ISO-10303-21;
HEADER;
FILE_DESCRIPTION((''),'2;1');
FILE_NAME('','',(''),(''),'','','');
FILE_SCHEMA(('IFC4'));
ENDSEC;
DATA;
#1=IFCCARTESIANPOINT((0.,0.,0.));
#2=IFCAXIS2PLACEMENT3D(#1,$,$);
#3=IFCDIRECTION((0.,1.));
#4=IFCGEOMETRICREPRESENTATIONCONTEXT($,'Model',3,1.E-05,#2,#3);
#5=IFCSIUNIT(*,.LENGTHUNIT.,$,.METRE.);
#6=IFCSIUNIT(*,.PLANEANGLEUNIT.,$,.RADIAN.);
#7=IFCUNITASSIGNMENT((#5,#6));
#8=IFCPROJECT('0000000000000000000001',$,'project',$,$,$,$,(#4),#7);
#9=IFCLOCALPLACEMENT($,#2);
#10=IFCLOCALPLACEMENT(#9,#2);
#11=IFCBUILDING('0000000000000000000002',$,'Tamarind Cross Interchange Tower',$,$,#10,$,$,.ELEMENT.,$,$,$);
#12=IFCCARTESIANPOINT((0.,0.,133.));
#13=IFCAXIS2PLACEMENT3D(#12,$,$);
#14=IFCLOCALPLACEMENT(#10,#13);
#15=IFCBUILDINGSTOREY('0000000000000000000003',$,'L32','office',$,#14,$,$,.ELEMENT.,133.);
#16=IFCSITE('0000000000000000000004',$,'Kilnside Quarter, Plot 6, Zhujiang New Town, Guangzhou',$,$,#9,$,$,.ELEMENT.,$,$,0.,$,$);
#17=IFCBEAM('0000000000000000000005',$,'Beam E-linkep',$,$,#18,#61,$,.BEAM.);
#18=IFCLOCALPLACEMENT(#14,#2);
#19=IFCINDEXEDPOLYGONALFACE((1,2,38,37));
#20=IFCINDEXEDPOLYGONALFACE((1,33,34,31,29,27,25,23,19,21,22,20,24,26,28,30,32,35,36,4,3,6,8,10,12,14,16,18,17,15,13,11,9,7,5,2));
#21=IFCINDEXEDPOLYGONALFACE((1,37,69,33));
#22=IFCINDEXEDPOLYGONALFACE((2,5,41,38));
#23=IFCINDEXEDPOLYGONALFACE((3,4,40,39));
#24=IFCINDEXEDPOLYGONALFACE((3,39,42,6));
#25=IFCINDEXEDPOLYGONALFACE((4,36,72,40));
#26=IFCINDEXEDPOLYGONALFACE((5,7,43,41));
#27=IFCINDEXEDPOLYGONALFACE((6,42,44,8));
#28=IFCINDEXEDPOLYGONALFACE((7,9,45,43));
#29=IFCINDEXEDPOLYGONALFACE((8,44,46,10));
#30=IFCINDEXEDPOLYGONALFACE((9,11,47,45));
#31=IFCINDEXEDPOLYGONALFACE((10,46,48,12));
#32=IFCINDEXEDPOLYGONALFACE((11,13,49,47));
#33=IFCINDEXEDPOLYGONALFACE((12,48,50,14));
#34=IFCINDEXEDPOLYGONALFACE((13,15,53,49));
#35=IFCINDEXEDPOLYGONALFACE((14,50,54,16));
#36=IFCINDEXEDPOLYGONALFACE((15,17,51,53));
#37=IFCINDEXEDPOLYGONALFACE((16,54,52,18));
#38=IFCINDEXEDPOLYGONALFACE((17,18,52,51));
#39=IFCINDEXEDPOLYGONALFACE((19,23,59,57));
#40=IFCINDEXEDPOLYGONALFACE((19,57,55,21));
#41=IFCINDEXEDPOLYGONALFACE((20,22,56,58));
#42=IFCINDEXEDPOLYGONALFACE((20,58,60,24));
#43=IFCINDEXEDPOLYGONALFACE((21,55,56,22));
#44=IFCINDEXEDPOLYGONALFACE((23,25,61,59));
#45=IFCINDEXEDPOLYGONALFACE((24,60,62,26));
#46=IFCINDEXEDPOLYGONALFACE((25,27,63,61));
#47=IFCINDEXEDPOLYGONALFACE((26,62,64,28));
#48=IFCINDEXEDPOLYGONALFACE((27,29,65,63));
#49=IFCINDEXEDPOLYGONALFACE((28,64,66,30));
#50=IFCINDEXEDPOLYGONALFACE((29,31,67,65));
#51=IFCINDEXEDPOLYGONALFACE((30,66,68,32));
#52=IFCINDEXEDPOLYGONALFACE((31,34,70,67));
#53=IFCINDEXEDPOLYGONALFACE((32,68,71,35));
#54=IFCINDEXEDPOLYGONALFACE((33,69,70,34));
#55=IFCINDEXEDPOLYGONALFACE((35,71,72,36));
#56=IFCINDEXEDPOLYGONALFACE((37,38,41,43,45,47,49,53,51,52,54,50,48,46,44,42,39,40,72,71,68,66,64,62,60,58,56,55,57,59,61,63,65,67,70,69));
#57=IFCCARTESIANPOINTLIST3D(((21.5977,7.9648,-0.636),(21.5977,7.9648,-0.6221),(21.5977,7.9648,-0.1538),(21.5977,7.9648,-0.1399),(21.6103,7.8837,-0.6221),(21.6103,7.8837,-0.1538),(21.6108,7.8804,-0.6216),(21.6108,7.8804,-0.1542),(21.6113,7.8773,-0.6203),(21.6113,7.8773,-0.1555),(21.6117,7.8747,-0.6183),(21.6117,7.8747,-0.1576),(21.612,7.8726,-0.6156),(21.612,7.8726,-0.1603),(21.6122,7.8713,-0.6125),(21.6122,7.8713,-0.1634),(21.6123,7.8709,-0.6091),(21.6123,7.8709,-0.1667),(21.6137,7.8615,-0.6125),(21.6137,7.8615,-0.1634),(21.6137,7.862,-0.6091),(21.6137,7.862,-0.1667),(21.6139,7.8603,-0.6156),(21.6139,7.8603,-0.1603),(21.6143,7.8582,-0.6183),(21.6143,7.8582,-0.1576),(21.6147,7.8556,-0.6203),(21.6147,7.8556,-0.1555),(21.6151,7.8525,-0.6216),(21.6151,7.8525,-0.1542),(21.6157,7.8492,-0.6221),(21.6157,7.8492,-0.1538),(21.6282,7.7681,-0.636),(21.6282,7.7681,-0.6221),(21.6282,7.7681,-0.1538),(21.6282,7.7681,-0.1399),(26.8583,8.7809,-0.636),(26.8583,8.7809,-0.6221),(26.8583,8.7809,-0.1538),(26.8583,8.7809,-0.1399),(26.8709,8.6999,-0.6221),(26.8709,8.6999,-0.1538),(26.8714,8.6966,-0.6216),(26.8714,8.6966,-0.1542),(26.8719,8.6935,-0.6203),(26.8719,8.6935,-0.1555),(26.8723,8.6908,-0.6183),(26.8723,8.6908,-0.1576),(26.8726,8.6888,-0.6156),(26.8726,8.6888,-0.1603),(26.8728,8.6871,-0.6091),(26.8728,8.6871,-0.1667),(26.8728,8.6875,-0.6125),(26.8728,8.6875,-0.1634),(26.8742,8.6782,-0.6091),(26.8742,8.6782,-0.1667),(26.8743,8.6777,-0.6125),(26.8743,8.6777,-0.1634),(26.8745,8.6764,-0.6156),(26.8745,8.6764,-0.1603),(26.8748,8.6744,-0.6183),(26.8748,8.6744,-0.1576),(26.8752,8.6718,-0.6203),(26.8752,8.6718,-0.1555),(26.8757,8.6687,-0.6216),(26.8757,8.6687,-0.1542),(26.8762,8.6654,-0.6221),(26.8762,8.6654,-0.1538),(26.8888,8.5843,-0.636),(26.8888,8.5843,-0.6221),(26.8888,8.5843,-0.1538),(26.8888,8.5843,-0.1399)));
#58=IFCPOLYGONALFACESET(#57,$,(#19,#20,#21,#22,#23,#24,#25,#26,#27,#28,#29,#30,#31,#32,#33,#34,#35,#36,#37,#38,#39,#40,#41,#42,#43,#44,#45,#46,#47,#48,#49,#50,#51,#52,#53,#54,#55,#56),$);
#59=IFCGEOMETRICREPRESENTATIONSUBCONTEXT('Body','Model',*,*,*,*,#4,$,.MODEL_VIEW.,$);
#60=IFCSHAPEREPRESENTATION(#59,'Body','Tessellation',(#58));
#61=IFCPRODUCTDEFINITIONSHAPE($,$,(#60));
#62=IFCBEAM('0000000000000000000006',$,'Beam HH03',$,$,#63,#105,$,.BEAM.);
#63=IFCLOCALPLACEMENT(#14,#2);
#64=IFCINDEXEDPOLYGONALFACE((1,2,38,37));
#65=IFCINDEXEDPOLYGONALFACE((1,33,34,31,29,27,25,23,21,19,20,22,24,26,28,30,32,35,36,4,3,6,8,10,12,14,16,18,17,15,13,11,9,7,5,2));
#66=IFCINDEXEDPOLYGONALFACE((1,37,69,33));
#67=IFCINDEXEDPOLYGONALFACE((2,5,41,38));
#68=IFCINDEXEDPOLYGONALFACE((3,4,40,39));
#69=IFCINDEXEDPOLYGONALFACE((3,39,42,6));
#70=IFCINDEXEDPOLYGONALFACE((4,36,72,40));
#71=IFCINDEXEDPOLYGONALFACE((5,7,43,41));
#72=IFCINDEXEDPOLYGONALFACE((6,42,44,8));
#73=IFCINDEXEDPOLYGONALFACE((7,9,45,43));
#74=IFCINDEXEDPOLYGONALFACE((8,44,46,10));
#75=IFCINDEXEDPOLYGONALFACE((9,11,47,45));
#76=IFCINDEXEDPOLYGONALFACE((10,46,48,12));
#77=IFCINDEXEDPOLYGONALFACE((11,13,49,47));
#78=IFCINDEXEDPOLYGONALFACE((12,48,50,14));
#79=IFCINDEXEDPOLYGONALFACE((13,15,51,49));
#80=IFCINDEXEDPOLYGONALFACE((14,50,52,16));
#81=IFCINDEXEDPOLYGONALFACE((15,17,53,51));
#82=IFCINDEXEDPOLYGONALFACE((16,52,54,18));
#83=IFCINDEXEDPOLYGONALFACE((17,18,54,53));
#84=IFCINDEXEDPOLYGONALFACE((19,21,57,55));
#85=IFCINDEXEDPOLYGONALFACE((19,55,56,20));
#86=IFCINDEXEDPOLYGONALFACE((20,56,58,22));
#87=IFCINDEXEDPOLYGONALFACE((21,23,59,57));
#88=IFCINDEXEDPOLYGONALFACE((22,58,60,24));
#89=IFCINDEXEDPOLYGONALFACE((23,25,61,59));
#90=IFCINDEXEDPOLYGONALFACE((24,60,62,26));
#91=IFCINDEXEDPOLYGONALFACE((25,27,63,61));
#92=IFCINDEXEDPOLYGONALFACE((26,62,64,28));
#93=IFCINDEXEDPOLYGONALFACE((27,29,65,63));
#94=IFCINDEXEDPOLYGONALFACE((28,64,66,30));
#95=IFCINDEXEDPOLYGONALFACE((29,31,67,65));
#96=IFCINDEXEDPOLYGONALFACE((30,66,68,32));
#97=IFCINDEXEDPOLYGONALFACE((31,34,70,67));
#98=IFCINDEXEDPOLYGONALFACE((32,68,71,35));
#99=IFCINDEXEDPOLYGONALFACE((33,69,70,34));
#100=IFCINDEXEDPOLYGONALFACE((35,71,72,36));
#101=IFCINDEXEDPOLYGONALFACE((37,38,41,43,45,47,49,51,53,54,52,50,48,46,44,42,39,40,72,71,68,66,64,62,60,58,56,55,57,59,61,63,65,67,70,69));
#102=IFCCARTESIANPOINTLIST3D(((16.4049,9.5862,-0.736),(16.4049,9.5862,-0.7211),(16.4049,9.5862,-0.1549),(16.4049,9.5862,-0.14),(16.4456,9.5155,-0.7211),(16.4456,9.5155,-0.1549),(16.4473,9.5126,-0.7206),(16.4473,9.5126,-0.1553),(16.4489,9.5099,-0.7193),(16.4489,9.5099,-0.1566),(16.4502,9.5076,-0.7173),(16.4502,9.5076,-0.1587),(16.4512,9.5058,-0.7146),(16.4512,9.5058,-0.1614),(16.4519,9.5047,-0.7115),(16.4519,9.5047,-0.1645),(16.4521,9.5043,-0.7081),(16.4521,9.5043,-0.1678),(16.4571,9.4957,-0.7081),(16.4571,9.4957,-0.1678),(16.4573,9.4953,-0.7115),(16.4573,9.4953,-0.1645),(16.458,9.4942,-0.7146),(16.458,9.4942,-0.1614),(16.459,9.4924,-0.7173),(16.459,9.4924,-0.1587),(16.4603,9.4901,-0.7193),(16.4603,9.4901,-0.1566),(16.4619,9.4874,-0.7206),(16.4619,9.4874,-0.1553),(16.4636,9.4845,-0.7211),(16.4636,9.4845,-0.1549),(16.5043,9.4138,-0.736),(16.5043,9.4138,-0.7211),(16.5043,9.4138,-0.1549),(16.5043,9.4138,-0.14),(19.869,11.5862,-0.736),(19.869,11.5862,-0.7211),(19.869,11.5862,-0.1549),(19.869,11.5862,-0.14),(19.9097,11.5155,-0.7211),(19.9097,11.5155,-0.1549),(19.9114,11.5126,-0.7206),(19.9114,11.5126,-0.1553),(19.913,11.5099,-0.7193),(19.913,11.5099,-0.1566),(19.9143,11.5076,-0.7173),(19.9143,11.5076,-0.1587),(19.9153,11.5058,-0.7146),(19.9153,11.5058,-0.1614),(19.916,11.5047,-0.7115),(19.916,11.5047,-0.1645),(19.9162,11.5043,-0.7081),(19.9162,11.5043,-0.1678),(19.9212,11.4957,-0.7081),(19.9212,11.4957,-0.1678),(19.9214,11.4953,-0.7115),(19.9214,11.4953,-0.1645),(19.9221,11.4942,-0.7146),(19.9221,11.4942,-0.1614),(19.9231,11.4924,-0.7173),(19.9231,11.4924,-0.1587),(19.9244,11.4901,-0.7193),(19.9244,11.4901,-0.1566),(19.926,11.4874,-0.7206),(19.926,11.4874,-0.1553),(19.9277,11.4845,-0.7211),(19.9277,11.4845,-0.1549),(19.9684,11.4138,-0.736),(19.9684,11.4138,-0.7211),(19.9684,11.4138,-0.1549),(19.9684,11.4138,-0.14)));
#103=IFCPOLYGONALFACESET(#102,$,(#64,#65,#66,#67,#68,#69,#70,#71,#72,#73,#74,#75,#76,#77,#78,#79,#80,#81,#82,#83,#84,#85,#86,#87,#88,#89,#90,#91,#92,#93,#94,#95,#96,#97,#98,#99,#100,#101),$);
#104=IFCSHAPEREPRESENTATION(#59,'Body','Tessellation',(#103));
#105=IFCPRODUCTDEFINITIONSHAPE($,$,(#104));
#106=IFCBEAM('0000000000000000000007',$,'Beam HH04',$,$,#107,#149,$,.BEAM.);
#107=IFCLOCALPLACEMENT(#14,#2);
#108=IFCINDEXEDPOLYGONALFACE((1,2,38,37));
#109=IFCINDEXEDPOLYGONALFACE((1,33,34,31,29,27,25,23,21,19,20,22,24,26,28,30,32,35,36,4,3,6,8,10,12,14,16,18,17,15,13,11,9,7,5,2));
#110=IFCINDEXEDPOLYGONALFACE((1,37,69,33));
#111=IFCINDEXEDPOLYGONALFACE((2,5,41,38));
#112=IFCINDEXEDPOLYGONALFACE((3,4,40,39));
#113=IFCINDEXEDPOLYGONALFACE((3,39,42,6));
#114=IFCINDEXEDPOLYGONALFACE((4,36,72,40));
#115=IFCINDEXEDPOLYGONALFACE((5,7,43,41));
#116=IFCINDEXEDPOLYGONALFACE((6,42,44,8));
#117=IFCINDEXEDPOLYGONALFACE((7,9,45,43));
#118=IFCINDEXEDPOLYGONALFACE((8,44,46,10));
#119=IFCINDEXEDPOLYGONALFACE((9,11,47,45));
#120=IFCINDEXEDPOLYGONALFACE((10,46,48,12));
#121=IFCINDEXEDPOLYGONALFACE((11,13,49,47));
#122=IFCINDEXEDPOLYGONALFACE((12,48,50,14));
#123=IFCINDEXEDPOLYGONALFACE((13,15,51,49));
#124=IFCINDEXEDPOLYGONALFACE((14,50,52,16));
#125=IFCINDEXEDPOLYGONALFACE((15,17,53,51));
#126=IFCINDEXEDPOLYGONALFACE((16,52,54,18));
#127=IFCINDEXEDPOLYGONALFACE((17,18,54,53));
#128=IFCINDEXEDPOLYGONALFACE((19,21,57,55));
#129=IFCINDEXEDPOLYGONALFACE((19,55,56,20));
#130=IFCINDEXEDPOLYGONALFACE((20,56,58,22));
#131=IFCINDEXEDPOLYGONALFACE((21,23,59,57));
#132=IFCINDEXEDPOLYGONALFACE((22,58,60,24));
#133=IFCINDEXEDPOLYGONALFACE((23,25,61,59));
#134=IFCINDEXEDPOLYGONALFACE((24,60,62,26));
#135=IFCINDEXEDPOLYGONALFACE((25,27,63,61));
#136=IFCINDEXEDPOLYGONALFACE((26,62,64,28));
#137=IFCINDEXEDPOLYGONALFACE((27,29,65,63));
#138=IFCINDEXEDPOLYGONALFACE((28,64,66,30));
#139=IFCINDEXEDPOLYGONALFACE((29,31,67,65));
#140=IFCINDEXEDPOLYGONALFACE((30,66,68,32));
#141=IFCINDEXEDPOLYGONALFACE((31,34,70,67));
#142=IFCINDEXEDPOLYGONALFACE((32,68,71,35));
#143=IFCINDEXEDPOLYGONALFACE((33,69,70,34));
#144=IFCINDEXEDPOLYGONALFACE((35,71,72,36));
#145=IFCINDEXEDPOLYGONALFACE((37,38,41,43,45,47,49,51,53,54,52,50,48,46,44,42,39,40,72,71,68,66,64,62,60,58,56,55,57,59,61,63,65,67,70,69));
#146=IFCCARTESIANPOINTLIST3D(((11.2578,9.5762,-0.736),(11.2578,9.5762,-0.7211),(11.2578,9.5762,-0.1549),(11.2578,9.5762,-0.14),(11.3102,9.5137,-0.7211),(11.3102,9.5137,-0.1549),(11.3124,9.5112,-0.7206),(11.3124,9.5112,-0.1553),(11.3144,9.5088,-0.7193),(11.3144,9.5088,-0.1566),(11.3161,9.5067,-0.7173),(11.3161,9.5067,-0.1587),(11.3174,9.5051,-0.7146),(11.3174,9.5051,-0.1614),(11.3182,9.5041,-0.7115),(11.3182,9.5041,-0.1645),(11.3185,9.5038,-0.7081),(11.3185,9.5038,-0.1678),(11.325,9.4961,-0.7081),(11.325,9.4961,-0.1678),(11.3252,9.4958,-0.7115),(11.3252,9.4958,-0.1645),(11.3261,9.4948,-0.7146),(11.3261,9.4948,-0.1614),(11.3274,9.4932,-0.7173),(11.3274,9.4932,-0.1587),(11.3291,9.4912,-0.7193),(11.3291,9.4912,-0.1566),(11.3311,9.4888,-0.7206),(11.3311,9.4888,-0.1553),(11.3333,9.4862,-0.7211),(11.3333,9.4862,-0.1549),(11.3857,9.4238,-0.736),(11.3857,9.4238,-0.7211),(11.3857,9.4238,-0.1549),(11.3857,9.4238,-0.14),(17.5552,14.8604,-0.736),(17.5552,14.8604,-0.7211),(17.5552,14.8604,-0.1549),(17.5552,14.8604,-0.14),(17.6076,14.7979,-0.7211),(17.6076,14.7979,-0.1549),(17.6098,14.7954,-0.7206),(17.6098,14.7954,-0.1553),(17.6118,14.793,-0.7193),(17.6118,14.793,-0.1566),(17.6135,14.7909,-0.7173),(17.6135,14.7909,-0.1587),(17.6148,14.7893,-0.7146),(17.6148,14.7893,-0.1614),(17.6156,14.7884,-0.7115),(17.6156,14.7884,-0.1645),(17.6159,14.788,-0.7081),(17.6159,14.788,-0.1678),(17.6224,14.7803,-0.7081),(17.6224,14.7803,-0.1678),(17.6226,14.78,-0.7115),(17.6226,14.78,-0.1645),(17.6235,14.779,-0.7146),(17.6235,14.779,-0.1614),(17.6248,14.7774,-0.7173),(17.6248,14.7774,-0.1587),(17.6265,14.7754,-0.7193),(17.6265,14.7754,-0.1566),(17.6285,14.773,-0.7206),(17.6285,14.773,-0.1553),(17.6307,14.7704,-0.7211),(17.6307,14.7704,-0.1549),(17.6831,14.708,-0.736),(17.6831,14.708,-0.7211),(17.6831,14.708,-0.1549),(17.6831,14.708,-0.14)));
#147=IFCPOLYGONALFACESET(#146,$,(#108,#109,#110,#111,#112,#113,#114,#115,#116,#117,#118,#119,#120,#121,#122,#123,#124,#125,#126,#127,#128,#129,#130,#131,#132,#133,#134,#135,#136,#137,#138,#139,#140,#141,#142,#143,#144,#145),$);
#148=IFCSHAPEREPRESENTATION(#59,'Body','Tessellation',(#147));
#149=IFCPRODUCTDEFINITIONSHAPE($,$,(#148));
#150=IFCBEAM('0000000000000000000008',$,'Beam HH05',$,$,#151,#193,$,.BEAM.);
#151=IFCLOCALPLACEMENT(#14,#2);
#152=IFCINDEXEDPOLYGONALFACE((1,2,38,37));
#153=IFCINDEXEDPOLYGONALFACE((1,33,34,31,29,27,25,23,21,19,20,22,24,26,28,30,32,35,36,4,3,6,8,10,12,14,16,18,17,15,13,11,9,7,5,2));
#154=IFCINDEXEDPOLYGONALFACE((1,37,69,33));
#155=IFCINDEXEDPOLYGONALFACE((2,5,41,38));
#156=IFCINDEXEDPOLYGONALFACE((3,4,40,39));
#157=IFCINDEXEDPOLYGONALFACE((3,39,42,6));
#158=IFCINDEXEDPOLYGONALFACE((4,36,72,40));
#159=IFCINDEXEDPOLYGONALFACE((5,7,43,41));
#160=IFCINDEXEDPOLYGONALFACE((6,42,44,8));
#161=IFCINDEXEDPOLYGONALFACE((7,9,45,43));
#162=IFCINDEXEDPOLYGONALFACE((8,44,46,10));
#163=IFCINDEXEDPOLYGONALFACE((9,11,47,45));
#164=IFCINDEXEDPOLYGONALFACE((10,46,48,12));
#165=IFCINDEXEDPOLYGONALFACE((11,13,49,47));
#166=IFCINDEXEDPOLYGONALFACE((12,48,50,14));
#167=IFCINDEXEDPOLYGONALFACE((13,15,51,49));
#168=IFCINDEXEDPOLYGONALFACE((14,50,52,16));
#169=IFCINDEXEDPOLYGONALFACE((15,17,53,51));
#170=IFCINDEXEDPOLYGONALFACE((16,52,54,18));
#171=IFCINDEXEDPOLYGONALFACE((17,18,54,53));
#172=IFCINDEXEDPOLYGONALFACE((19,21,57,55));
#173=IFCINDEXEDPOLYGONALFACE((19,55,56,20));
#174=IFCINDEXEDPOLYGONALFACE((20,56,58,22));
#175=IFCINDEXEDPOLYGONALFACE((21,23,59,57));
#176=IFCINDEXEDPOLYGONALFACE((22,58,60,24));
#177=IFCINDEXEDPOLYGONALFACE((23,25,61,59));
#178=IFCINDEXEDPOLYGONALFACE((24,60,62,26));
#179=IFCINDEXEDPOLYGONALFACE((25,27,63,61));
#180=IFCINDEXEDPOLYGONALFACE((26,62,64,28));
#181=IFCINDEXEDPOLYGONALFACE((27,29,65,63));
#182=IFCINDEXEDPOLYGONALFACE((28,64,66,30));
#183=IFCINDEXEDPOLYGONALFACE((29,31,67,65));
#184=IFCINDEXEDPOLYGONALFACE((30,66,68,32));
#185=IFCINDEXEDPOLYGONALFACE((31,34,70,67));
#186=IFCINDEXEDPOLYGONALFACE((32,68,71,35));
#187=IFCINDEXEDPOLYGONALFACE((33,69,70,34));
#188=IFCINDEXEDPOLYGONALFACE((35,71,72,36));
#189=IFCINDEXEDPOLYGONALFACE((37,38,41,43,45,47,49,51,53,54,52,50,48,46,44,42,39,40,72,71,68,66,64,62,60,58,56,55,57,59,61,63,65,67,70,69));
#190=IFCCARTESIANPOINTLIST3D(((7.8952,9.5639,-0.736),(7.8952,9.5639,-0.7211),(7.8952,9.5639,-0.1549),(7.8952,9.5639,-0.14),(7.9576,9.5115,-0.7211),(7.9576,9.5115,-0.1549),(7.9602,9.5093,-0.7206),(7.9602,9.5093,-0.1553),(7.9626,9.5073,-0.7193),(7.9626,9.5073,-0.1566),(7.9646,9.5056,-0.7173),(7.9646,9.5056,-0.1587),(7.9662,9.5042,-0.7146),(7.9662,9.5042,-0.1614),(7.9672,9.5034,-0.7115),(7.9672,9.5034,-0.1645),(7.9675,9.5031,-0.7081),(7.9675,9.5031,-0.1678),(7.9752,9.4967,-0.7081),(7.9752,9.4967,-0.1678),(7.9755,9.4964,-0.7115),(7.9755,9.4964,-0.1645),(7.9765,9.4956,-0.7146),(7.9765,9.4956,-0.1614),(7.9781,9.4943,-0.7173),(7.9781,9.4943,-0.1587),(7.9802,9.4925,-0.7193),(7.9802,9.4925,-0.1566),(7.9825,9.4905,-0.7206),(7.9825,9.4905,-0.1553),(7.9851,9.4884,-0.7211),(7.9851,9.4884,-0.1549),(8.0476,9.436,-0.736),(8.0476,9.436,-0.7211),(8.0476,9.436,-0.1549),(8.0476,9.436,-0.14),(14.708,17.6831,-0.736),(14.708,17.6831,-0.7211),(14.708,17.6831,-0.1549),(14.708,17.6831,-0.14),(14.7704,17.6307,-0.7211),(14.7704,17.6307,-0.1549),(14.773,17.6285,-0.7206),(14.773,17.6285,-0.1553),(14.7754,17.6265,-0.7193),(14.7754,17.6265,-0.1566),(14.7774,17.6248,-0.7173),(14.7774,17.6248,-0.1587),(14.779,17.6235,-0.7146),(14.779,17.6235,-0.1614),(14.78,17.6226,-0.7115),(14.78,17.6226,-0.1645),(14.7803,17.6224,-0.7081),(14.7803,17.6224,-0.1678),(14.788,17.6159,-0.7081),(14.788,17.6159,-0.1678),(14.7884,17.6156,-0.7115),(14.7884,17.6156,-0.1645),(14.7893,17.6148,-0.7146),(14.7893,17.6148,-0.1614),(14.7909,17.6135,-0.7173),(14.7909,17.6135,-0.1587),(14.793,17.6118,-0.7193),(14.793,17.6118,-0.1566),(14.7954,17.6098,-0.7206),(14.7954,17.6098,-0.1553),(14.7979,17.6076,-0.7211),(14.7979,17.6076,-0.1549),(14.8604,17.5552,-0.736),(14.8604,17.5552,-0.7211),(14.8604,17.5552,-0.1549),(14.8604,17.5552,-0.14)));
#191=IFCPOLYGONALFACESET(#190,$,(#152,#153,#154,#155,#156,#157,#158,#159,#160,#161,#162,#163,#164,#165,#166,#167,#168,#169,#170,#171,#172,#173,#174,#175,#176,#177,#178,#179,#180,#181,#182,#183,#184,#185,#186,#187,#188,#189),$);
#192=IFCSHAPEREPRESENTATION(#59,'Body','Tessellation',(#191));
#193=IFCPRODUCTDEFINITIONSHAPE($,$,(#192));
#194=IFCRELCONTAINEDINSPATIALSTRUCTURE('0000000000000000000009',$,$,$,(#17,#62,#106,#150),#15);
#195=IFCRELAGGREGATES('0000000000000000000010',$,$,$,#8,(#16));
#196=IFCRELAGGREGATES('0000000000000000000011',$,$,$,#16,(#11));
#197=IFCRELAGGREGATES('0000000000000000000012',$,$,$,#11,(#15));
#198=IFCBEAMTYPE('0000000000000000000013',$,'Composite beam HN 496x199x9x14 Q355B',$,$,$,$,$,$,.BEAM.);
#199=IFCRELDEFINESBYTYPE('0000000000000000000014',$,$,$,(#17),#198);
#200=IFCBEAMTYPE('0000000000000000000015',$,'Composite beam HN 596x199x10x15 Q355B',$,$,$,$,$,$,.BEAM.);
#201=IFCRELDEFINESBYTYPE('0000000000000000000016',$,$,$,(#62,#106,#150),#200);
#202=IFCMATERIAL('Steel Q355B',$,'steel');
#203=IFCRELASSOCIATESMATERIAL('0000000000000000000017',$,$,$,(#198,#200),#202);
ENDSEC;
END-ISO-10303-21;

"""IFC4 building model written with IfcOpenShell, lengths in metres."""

from ifc_helpers import new_model, si_unit, direction, frame, origin, origin_2d, place, context, subcontext, project, spatial, i_section, extrude, material, material_profile, profile_set, type_object, element, save


model = new_model("IFC4")

# Units and contexts
model_context = context("Model", 3, precision=1e-05, world=origin(), true_north=direction((0.0, 1.0)))
body_context = subcontext(model_context, "Body", "Model", "MODEL_VIEW")
ifc_project = project(units=[si_unit("LENGTHUNIT", "METRE"), si_unit("PLANEANGLEUNIT", "RADIAN")], contexts=[model_context])

# Site, building, storey
site_placement = place(None, origin())
site = spatial("IfcSite", under=ifc_project, at=site_placement, Name="Kilnside Quarter, Plot 6, Zhujiang New Town, Guangzhou", CompositionType="ELEMENT", RefElevation=0.0)
building_placement = place(site_placement, origin())
building = spatial("IfcBuilding", under=site, at=building_placement, Name="Tamarind Cross Interchange Tower", CompositionType="ELEMENT")
storey_placement = place(building_placement, frame((0.0, 0.0, 133.0)))
storey = spatial("IfcBuildingStorey", under=building, at=storey_placement, Name="L32", Description="office", CompositionType="ELEMENT", Elevation=133.0)

# Beams
ifc_material_1 = material(Name="Steel Q355B", Category="steel")
ifc_material_profile_1 = material_profile(ifc_material_1, i_section(OverallWidth=0.199, OverallDepth=0.4961, WebThickness=0.009, FlangeThickness=0.0139, FilletRadius=0.0129, at=origin_2d()), Name="HN 496x199x9x14")
ifc_profile_set_1 = profile_set([ifc_material_profile_1], Name="Steel Q355B")
beam_type_1 = type_object("IfcBeamType", Name="Composite beam HN 496x199x9x14 Q355B", PredefinedType="BEAM", material=ifc_profile_set_1)
beam_1_placement = place(storey_placement, frame((26.8735, 8.6826, -0.3879), z_axis=(-0.988177, -0.153315, 0.0), x_axis=(0.153315, -0.988177, 0.0)))
element("IfcBeam", 1, at=beam_1_placement, inside=storey, type_object=beam_type_1, Name="Beam E-linkep", PredefinedType="BEAM", context=body_context, shape_type="SweptSolid", body=[
    extrude(i_section(OverallWidth=0.199, OverallDepth=0.4961, WebThickness=0.009, FlangeThickness=0.0139, FilletRadius=0.0129, at=origin_2d()), origin(), (0.0, 0.0, 1.0), 5.3235),
])
ifc_material_profile_2 = material_profile(ifc_material_1, i_section(OverallWidth=0.199, OverallDepth=0.5959, WebThickness=0.01, FlangeThickness=0.0149, FilletRadius=0.0129, at=origin_2d()), Name="HN 596x199x10x15")
ifc_profile_set_2 = profile_set([ifc_material_profile_2], Name="Steel Q355B")
beam_type_2 = type_object("IfcBeamType", Name="Composite beam HN 596x199x10x15 Q355B", PredefinedType="BEAM", material=ifc_profile_set_2)
beam_2_placement = place(storey_placement, frame((19.9187, 11.5, -0.438), z_axis=(-0.866026, -0.499999, 0.0), x_axis=(0.499999, -0.866026, 0.0)))
element("IfcBeam", 2, at=beam_2_placement, inside=storey, type_object=beam_type_2, Name="Beam HH03", PredefinedType="BEAM", context=body_context, shape_type="SweptSolid", body=[
    extrude(i_section(OverallWidth=0.199, OverallDepth=0.5959, WebThickness=0.01, FlangeThickness=0.0149, FilletRadius=0.0129, at=origin_2d()), origin(), (0.0, 0.0, 1.0), 4.0),
])
beam_3_placement = place(storey_placement, frame((17.6191, 14.7842, -0.438), z_axis=(-0.766041, -0.642792, 0.0), x_axis=(0.642792, -0.766041, 0.0)))
element("IfcBeam", 3, at=beam_3_placement, inside=storey, type_object=beam_type_2, Name="Beam HH04", PredefinedType="BEAM", context=body_context, shape_type="SweptSolid", body=[
    extrude(i_section(OverallWidth=0.199, OverallDepth=0.5959, WebThickness=0.01, FlangeThickness=0.0149, FilletRadius=0.0129, at=origin_2d()), origin(), (0.0, 0.0, 1.0), 8.2207),
])
beam_4_placement = place(storey_placement, frame((14.7842, 17.6191, -0.438), z_axis=(-0.642786, -0.766046, 0.0), x_axis=(0.766046, -0.642786, 0.0)))
element("IfcBeam", 4, at=beam_4_placement, inside=storey, type_object=beam_type_2, Name="Beam HH05", PredefinedType="BEAM", context=body_context, shape_type="SweptSolid", body=[
    extrude(i_section(OverallWidth=0.199, OverallDepth=0.5959, WebThickness=0.01, FlangeThickness=0.0149, FilletRadius=0.0129, at=origin_2d()), origin(), (0.0, 0.0, 1.0), 10.5989),
])

save(model, "model.ifc")
